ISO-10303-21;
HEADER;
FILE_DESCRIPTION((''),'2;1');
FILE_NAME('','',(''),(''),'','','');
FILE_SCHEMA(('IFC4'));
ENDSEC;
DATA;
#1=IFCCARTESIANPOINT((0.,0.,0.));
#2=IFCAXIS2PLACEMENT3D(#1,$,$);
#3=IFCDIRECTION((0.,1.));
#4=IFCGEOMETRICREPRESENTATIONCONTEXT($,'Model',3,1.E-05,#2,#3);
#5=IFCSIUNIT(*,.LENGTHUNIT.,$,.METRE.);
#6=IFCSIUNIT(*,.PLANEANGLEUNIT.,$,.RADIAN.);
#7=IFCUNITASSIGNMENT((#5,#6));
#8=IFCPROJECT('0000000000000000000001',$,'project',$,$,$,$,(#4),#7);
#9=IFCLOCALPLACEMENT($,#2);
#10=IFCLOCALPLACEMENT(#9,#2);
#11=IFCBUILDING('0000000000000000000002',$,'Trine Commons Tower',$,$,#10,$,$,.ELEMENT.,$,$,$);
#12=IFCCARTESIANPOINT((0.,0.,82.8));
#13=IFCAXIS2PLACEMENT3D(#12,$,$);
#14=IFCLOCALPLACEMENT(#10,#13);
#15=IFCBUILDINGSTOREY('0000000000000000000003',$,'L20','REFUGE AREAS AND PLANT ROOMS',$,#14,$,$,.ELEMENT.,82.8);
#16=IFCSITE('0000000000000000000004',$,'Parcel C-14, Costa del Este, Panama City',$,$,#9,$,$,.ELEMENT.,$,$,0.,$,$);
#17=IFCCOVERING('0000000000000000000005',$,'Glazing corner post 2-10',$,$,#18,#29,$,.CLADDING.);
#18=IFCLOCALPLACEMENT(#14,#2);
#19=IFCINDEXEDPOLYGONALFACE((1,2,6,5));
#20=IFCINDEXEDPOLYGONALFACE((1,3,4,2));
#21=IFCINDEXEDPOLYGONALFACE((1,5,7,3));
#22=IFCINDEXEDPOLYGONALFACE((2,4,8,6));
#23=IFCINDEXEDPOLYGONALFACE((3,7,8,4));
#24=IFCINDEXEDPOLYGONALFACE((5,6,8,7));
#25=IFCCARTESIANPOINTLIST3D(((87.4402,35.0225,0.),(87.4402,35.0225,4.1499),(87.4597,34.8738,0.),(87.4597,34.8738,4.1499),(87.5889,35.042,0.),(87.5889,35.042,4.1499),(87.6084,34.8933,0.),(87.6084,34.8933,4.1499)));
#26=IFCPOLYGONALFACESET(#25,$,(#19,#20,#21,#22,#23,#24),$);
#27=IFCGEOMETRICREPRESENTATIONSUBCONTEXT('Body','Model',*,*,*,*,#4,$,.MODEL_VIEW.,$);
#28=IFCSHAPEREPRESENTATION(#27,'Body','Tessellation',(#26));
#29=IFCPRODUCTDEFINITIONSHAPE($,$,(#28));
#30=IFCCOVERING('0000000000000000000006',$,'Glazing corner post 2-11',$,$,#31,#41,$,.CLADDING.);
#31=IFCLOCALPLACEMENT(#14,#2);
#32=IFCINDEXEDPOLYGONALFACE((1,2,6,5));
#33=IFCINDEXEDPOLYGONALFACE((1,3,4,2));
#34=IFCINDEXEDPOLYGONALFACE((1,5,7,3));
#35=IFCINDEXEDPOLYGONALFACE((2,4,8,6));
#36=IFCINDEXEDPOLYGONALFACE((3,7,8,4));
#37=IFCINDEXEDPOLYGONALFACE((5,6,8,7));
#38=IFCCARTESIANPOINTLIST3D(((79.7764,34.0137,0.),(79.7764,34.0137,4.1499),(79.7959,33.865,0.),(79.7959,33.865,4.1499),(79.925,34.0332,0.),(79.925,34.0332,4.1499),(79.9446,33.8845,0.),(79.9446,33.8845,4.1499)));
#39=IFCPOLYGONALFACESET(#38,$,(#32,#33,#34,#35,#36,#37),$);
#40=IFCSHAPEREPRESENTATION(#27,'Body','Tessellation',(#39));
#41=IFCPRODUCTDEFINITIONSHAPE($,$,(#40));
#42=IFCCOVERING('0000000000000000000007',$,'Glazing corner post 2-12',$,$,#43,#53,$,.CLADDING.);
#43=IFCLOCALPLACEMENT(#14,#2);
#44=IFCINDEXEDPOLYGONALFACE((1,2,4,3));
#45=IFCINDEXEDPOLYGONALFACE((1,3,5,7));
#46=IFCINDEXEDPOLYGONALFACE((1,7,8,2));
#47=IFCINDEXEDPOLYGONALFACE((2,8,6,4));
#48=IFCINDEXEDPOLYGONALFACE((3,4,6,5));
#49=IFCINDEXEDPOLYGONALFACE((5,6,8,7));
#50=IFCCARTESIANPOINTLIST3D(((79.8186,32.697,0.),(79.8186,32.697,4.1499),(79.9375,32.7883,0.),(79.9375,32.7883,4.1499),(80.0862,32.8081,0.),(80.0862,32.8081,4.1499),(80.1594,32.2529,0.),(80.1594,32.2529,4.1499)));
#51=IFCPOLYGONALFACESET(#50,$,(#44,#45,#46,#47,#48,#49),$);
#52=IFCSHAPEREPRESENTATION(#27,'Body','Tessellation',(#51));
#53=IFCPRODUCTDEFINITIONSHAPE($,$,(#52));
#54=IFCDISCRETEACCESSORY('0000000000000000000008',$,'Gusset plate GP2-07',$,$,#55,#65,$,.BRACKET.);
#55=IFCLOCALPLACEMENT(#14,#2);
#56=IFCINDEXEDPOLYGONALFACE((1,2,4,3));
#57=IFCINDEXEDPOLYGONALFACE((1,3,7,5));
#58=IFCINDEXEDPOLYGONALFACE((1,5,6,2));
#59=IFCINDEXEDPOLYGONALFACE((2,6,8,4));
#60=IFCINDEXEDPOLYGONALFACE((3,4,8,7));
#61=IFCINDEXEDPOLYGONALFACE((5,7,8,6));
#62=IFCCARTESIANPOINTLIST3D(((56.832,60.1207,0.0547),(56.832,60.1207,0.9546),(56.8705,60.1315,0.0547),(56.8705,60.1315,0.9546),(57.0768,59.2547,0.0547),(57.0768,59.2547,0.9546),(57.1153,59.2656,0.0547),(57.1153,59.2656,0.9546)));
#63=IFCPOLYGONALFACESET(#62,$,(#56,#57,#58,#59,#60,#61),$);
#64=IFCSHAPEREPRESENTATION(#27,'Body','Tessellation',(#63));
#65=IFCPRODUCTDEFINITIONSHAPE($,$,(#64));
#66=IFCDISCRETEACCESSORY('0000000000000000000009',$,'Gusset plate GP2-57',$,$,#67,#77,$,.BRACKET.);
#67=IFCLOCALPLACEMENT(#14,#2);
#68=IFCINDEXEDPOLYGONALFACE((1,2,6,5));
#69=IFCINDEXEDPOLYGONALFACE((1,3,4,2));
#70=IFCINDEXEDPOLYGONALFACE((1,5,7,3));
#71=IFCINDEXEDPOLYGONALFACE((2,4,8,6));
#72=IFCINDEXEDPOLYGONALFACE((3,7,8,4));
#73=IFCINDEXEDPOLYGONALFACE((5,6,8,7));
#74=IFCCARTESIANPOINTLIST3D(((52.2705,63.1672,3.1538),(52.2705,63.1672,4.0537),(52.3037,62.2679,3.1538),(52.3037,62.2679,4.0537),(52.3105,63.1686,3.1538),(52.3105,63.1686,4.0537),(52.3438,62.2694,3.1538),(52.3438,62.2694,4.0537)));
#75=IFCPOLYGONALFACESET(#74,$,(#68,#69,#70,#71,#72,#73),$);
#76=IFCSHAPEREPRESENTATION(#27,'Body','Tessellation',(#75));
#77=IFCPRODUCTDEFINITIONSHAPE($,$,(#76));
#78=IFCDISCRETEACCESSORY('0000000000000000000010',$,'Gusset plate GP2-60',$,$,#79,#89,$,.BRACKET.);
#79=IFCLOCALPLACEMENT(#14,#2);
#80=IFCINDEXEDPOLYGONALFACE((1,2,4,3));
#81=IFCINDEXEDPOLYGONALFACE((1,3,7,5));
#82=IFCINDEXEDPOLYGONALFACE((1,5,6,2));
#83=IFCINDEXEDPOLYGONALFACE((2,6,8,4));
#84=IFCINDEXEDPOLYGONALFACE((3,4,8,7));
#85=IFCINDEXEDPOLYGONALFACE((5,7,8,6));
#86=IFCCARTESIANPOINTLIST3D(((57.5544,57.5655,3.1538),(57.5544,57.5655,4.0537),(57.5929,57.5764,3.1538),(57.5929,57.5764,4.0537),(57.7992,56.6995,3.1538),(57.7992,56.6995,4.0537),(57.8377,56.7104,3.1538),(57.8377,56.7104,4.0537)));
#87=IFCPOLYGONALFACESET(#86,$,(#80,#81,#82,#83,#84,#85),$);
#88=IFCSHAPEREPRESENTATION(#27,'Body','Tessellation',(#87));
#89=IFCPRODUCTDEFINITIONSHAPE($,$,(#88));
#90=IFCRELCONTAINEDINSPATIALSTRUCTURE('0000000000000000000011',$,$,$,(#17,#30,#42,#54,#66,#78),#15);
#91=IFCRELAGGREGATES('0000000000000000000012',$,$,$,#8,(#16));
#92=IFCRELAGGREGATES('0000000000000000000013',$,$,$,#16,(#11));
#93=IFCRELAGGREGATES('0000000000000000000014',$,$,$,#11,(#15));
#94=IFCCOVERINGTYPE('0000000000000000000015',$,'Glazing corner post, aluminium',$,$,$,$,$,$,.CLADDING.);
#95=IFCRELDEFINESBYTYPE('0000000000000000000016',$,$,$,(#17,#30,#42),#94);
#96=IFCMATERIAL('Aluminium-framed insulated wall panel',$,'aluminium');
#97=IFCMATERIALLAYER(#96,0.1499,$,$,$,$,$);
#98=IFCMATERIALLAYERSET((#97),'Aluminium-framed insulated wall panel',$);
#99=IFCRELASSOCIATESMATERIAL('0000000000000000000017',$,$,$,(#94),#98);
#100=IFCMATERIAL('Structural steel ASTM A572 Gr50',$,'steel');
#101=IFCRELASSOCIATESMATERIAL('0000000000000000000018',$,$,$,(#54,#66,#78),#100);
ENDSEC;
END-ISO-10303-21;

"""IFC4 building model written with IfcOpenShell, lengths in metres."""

from ifc_helpers import new_model, si_unit, direction, frame, origin, origin_2d, place, context, subcontext, project, spatial, polyline, rectangle, outline, extrude, material, layer, layer_set, type_object, element, save


model = new_model("IFC4")

# Units and contexts
model_context = context("Model", 3, precision=1e-05, world=origin(), true_north=direction((0.0, 1.0)))
body_context = subcontext(model_context, "Body", "Model", "MODEL_VIEW")
ifc_project = project(units=[si_unit("LENGTHUNIT", "METRE"), si_unit("PLANEANGLEUNIT", "RADIAN")], contexts=[model_context])

# Site, building, storey
site_placement = place(None, origin())
site = spatial("IfcSite", under=ifc_project, at=site_placement, Name="Parcel C-14, Costa del Este, Panama City", CompositionType="ELEMENT", RefElevation=0.0)
building_placement = place(site_placement, origin())
building = spatial("IfcBuilding", under=site, at=building_placement, Name="Trine Commons Tower", CompositionType="ELEMENT")
storey_placement = place(building_placement, frame((0.0, 0.0, 82.8)))
storey = spatial("IfcBuildingStorey", under=building, at=storey_placement, Name="L20", Description="REFUGE AREAS AND PLANT ROOMS", CompositionType="ELEMENT", Elevation=82.8)

# Coverings
ifc_material_1 = material(Name="Aluminium-framed insulated wall panel", Category="aluminium")
ifc_layer_1 = layer(ifc_material_1, 0.1499)
ifc_layer_set_1 = layer_set([ifc_layer_1], Name="Aluminium-framed insulated wall panel")
covering_type = type_object("IfcCoveringType", Name="Glazing corner post, aluminium", PredefinedType="CLADDING", material=ifc_layer_set_1)
covering_1_placement = place(storey_placement, origin())
element("IfcCovering", 1, at=covering_1_placement, inside=storey, type_object=covering_type, Name="Glazing corner post 2-10", PredefinedType="CLADDING", context=body_context, shape_type="SweptSolid", body=[
    extrude(outline(polyline([(87.4402, 35.0225), (87.4597, 34.8738), (87.6084, 34.8933), (87.5889, 35.042), (87.4402, 35.0225)])), origin(), (0.0, 0.0, 1.0), 4.1499),
])
covering_2_placement = place(storey_placement, origin())
element("IfcCovering", 2, at=covering_2_placement, inside=storey, type_object=covering_type, Name="Glazing corner post 2-11", PredefinedType="CLADDING", context=body_context, shape_type="SweptSolid", body=[
    extrude(outline(polyline([(79.7959, 33.865), (79.9446, 33.8845), (79.925, 34.0332), (79.7764, 34.0137), (79.7959, 33.865)])), origin(), (0.0, 0.0, 1.0), 4.1499),
])
covering_3_placement = place(storey_placement, origin())
element("IfcCovering", 3, at=covering_3_placement, inside=storey, type_object=covering_type, Name="Glazing corner post 2-12", PredefinedType="CLADDING", context=body_context, shape_type="SweptSolid", body=[
    extrude(outline(polyline([(79.8186, 32.697), (80.1594, 32.2529), (80.0862, 32.8081), (79.9375, 32.7883), (79.8186, 32.697)])), origin(), (0.0, 0.0, 1.0), 4.1499),
])

# Discrete accessories
ifc_material_2 = material(Name="Structural steel ASTM A572 Gr50", Category="steel")
for number, where, z_axis, x_axis, name in (
    (4, (56.9736, 59.6931, 0.0547), (0.0, 0.0, 1.0), (0.272045, -0.962284, 0.0), "Gusset plate GP2-07"),
    (5, (52.3071, 62.7183, 3.1538), (0.0, 0.0, 1.0), (0.03694, -0.999317, 0.0), "Gusset plate GP2-57"),
    (6, (57.696, 57.1379, 3.1538), (0.0, 0.0, 1.0), (0.272045, -0.962284, 0.0), "Gusset plate GP2-60"),
):
    element("IfcDiscreteAccessory", number, at=place(storey_placement, frame(where, z_axis=z_axis, x_axis=x_axis)), inside=storey, material=ifc_material_2, Name=name, PredefinedType="BRACKET", context=body_context, shape_type="SweptSolid", body=[
        extrude(rectangle(XDim=0.8999, YDim=0.04, at=origin_2d()), origin(), (0.0, 0.0, 1.0), 0.8999),
    ])

save(model, "model.ifc")
